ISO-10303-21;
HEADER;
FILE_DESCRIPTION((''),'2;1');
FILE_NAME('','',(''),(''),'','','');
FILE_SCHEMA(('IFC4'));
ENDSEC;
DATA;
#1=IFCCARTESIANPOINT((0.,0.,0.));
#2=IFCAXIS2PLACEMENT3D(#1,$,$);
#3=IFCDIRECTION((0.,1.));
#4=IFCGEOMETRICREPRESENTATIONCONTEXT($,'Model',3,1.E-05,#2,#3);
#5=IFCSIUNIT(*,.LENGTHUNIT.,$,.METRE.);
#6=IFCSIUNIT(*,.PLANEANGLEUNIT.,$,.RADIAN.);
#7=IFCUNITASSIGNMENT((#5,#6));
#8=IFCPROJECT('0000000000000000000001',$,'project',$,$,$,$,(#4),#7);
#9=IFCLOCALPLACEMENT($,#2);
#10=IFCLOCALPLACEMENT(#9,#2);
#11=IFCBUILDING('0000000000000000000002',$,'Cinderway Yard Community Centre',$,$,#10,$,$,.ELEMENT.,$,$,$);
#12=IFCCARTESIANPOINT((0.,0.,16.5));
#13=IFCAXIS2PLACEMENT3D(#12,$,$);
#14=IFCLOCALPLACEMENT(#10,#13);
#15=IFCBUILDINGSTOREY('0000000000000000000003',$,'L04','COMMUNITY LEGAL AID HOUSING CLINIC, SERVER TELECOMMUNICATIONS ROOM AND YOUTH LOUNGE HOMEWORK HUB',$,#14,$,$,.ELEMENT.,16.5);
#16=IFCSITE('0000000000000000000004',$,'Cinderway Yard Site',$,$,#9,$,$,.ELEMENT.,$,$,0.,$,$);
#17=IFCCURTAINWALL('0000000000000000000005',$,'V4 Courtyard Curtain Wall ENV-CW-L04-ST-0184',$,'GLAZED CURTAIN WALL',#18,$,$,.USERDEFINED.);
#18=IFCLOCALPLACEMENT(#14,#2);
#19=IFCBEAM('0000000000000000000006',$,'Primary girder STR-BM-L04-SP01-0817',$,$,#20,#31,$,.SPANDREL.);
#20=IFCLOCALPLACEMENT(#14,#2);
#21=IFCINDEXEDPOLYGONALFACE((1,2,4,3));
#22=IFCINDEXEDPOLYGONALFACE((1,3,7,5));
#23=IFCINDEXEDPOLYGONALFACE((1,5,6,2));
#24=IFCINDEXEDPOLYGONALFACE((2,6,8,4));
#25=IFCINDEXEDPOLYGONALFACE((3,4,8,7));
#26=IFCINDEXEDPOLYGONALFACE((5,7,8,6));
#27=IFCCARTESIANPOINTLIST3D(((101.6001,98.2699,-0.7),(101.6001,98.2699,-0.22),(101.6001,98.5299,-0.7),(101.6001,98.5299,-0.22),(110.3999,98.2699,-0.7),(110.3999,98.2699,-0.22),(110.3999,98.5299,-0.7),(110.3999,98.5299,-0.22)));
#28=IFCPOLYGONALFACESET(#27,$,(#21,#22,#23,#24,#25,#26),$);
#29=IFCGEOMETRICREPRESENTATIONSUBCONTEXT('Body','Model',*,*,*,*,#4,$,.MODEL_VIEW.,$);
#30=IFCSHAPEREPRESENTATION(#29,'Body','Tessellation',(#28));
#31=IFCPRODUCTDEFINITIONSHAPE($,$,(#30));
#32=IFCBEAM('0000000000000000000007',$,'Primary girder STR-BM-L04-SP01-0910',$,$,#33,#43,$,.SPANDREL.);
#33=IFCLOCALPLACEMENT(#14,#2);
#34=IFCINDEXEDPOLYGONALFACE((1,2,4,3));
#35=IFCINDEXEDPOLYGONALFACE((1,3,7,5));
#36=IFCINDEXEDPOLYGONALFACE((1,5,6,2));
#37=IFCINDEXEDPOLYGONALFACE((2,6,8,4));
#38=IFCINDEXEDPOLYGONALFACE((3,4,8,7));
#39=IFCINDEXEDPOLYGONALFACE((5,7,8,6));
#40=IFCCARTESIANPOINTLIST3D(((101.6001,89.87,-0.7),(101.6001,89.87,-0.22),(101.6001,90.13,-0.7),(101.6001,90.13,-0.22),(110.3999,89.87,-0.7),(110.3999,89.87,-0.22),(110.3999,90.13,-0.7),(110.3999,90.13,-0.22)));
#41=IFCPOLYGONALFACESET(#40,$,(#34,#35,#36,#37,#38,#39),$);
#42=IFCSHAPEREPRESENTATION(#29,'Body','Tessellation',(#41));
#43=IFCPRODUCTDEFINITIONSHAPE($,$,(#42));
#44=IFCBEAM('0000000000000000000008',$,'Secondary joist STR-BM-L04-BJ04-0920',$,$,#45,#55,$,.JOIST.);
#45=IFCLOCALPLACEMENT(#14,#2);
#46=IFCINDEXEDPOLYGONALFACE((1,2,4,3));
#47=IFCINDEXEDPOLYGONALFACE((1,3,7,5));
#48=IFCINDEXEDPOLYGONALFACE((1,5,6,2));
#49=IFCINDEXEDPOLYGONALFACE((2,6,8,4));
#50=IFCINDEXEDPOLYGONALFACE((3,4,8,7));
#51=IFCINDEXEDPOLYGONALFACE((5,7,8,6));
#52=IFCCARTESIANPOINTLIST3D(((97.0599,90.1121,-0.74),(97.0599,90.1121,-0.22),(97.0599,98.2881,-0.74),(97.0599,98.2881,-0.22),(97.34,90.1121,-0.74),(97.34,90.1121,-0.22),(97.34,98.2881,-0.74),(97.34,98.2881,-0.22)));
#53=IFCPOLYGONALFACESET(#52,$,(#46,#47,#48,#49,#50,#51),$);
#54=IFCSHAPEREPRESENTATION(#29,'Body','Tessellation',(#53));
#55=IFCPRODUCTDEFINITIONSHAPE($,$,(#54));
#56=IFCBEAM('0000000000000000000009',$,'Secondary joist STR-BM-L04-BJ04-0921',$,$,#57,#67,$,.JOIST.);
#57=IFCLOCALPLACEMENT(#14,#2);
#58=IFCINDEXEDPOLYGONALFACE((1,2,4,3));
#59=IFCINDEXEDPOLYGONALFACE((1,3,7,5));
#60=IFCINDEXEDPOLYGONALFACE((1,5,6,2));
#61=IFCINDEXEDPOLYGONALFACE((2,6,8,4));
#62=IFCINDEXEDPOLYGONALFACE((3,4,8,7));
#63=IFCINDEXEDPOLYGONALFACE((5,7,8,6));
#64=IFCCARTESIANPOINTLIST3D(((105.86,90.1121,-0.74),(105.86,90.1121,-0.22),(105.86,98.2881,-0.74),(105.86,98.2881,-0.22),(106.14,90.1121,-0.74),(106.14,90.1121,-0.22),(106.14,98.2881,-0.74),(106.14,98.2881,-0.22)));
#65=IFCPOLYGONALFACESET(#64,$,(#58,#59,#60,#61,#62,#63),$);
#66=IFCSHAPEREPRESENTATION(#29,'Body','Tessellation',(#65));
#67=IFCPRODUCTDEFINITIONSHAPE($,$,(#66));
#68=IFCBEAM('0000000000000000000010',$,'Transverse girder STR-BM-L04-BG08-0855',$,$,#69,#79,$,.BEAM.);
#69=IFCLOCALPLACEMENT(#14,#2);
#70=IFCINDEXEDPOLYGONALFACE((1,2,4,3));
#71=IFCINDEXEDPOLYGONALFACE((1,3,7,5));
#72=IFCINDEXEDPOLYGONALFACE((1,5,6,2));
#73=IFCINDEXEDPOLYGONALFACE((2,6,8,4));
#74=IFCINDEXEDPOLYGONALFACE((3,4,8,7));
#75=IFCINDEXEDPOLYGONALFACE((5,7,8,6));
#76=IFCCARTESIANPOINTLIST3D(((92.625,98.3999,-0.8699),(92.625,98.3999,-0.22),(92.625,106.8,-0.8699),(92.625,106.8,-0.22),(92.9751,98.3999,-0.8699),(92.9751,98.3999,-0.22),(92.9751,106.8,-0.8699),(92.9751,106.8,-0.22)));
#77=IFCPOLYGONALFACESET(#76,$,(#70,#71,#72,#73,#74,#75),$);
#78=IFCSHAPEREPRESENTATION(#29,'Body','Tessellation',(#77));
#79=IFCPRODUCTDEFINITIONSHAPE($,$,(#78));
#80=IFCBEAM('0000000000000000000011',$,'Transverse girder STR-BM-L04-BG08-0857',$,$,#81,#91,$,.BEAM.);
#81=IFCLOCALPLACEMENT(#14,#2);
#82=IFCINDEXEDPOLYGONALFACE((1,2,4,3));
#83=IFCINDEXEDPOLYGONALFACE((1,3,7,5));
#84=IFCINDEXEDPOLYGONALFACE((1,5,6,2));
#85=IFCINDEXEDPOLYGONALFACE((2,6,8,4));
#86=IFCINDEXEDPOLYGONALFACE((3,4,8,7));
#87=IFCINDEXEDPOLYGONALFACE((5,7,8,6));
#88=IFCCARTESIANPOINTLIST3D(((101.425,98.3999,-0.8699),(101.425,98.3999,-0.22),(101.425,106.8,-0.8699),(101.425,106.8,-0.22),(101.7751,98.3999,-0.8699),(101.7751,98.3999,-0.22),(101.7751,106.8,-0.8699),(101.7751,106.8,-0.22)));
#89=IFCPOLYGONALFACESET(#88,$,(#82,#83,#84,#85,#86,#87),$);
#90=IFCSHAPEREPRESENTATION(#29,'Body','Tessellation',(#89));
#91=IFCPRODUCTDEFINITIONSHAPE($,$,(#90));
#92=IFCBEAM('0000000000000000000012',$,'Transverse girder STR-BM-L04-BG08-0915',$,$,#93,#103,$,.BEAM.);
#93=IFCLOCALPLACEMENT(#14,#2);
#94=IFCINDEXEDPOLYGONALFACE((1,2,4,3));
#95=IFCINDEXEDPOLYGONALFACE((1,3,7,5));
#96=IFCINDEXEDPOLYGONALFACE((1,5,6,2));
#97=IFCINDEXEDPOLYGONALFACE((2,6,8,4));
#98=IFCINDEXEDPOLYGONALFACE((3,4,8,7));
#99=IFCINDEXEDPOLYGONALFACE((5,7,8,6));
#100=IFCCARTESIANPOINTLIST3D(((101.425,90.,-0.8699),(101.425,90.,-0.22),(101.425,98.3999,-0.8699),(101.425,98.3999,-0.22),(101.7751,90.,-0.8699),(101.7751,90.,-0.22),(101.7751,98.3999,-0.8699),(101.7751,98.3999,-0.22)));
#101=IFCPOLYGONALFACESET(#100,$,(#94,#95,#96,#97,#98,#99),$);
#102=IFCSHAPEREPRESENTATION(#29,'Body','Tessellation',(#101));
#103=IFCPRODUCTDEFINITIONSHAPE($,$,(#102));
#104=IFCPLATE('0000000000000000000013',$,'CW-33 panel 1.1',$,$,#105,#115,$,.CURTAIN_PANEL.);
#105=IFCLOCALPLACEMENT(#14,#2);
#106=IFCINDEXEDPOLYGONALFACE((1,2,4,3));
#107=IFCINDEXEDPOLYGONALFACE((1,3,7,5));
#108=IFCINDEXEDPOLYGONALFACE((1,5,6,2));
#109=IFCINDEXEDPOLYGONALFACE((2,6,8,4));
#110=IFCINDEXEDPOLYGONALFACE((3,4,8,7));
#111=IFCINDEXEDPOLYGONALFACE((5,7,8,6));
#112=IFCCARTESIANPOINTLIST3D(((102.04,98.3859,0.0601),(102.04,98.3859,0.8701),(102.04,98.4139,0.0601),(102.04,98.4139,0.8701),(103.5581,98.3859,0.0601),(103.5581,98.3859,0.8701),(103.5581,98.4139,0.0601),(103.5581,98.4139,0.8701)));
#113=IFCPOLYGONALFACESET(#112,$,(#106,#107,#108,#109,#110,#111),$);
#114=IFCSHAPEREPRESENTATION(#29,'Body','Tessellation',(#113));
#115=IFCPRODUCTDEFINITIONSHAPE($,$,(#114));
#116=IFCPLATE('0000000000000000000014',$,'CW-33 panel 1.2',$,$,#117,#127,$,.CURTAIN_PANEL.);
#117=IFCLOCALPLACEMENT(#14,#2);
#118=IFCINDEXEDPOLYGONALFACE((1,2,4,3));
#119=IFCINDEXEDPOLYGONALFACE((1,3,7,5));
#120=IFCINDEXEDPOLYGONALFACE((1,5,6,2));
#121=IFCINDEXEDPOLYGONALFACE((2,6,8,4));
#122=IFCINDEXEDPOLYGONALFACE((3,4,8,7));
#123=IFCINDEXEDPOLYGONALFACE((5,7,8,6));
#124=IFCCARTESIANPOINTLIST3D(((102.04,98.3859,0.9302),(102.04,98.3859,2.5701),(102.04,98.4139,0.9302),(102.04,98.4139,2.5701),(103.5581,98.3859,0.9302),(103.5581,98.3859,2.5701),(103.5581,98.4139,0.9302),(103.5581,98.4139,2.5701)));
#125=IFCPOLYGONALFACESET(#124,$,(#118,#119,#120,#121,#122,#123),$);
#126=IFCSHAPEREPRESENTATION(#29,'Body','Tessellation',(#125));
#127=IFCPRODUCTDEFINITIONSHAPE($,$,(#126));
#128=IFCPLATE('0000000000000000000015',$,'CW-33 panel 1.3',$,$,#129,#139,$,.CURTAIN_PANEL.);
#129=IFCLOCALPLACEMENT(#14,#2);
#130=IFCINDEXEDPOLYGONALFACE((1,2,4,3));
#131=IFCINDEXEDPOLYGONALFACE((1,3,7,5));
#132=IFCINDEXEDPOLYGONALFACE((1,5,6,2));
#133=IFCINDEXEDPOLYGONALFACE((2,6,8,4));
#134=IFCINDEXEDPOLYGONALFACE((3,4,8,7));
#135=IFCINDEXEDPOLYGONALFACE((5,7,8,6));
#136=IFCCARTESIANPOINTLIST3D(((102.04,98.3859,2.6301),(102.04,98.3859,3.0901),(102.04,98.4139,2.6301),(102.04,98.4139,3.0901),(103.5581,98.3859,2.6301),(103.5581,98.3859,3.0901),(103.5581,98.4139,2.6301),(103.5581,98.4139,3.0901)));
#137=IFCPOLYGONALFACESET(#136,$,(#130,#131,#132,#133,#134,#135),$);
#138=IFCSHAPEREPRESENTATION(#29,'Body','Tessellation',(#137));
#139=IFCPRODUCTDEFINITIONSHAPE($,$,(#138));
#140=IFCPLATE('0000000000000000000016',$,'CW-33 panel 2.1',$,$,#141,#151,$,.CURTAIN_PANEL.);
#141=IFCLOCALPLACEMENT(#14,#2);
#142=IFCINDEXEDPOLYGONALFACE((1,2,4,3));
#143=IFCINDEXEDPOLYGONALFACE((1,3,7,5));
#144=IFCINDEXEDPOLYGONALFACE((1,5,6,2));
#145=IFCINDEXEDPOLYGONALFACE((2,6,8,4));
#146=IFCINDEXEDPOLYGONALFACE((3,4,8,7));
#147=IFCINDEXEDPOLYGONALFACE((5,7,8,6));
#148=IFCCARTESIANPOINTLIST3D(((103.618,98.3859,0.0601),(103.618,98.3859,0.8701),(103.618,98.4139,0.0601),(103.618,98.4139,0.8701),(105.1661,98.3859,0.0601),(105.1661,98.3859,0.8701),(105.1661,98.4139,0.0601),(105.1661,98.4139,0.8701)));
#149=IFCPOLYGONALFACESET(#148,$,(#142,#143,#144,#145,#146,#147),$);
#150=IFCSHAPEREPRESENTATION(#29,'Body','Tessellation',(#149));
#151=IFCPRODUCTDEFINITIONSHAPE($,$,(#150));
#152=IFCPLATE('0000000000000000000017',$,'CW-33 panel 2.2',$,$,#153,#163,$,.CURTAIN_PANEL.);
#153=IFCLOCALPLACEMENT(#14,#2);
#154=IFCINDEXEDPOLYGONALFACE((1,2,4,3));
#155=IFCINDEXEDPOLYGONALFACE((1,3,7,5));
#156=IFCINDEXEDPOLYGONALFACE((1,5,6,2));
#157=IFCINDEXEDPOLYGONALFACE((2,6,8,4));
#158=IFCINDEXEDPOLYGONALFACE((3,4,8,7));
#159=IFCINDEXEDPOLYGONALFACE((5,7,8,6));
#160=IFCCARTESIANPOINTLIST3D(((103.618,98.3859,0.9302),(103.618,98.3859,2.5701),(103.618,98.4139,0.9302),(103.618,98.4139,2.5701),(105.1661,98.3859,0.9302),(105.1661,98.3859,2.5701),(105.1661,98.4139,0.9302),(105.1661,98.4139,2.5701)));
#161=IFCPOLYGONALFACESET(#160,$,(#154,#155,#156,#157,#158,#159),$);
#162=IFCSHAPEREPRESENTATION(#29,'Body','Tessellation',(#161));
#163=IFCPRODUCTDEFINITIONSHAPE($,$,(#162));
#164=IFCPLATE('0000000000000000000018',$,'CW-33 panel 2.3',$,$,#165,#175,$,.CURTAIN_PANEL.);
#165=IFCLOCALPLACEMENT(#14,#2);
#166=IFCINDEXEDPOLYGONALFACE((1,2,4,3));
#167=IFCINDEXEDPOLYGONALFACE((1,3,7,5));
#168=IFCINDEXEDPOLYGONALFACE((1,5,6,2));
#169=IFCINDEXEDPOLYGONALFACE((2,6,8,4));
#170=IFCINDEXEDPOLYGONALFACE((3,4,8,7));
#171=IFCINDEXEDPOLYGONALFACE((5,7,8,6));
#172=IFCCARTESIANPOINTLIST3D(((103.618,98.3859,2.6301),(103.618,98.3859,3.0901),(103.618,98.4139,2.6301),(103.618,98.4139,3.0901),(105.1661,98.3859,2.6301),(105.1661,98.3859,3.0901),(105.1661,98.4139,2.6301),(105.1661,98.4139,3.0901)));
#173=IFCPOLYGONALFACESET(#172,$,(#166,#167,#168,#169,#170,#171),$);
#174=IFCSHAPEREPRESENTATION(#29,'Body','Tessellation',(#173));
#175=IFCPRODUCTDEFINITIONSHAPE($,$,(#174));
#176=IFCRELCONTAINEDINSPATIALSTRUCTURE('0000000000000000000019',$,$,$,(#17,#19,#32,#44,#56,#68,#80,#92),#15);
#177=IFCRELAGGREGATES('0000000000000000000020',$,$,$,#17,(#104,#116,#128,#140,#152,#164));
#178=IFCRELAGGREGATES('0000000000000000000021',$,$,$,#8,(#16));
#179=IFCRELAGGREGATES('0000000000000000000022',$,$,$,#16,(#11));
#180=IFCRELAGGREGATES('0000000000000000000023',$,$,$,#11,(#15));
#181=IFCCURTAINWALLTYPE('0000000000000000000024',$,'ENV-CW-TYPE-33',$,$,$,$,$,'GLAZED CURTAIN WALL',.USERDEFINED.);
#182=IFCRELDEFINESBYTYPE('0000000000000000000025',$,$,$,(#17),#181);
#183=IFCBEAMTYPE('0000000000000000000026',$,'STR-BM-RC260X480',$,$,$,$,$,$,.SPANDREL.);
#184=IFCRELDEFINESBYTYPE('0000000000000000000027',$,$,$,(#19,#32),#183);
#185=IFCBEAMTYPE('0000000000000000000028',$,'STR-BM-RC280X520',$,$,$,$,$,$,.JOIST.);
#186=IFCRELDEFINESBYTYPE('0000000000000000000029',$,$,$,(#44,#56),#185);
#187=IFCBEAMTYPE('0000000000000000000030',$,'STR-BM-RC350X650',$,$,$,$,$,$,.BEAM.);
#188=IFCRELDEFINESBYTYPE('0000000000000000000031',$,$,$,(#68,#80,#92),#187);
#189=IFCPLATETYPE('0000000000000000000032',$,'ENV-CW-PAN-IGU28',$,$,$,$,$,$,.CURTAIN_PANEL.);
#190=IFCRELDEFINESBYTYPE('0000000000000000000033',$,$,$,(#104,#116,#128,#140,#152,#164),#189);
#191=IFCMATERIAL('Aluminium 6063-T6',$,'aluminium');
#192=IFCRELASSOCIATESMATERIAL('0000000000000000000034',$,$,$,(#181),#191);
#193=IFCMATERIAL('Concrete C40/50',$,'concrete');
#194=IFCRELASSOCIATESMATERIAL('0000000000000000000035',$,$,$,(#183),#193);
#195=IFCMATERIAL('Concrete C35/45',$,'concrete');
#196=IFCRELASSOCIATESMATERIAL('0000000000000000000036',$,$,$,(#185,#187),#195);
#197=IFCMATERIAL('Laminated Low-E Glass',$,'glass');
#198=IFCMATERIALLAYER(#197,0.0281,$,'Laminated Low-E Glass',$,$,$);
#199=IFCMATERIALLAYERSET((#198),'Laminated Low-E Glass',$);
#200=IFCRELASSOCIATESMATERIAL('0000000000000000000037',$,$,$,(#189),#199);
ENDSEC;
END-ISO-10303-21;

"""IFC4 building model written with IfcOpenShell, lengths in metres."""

from ifc_helpers import new_model, si_unit, direction, frame, origin, origin_2d, place, context, subcontext, project, spatial, rectangle, extrude, material, layer, layer_set, material_profile, profile_set, type_object, element, aggregate, save


model = new_model("IFC4")

# Units and contexts
model_context = context("Model", 3, precision=1e-05, world=origin(), true_north=direction((0.0, 1.0)))
body_context = subcontext(model_context, "Body", "Model", "MODEL_VIEW")
ifc_project = project(units=[si_unit("LENGTHUNIT", "METRE"), si_unit("PLANEANGLEUNIT", "RADIAN")], contexts=[model_context])

# Site, building, storey
site_placement = place(None, origin())
site = spatial("IfcSite", under=ifc_project, at=site_placement, Name="Cinderway Yard Site", CompositionType="ELEMENT", RefElevation=0.0)
building_placement = place(site_placement, origin())
building = spatial("IfcBuilding", under=site, at=building_placement, Name="Cinderway Yard Community Centre", CompositionType="ELEMENT")
storey_placement = place(building_placement, frame((0.0, 0.0, 16.5)))
storey = spatial("IfcBuildingStorey", under=building, at=storey_placement, Name="L04", Description="COMMUNITY LEGAL AID HOUSING CLINIC, SERVER TELECOMMUNICATIONS ROOM AND YOUTH LOUNGE HOMEWORK HUB", CompositionType="ELEMENT", Elevation=16.5)

# Shared definitions
ifc_material_1 = material(Name="Concrete C40/50", Category="concrete")

# Curtain wall
ifc_material_2 = material(Name="Aluminium 6063-T6", Category="aluminium")
curtain_wall_type = type_object("IfcCurtainWallType", Name="ENV-CW-TYPE-33", ElementType="GLAZED CURTAIN WALL", PredefinedType="USERDEFINED", material=ifc_material_2)
curtain_wall_placement = place(storey_placement, origin())
curtain_wall = element("IfcCurtainWall", 1, at=curtain_wall_placement, inside=storey, type_object=curtain_wall_type, Name="V4 Courtyard Curtain Wall ENV-CW-L04-ST-0184", ObjectType="GLAZED CURTAIN WALL", PredefinedType="USERDEFINED")

# Beams
ifc_material_profile_1 = material_profile(ifc_material_1, rectangle(XDim=0.26, YDim=0.48, at=origin_2d()), Name="Concrete C40/50")
ifc_profile_set_1 = profile_set([ifc_material_profile_1], Name="Concrete C40/50")
beam_type_1 = type_object("IfcBeamType", Name="STR-BM-RC260X480", PredefinedType="SPANDREL", material=ifc_profile_set_1)
for number, where, z_axis, x_axis, name in (
    (2, (101.6001, 98.3999, -0.46), (1.0, 0.0, 0.0), (0.0, 1.0, 0.0), "Primary girder STR-BM-L04-SP01-0817"),
    (3, (101.6001, 90.0, -0.46), (1.0, 0.0, 0.0), (0.0, 1.0, 0.0), "Primary girder STR-BM-L04-SP01-0910"),
):
    element("IfcBeam", number, at=place(storey_placement, frame(where, z_axis=z_axis, x_axis=x_axis)), inside=storey, type_object=beam_type_1, Name=name, PredefinedType="SPANDREL", context=body_context, shape_type="SweptSolid", body=[
        extrude(rectangle(XDim=0.26, YDim=0.48, at=origin_2d()), origin(), (0.0, 0.0, 1.0), 8.7998),
    ])
ifc_material_3 = material(Name="Concrete C35/45", Category="concrete")
ifc_material_profile_2 = material_profile(ifc_material_3, rectangle(XDim=0.28, YDim=0.52, at=origin_2d()), Name="Concrete C35/45")
ifc_profile_set_2 = profile_set([ifc_material_profile_2], Name="Concrete C35/45")
beam_type_2 = type_object("IfcBeamType", Name="STR-BM-RC280X520", PredefinedType="JOIST", material=ifc_profile_set_2)
for number, where, z_axis, x_axis, name in (
    (4, (97.2, 90.1121, -0.48), (0.0, 1.0, 0.0), (-1.0, 0.0, 0.0), "Secondary joist STR-BM-L04-BJ04-0920"),
    (5, (106.0, 90.1121, -0.48), (0.0, 1.0, 0.0), (-1.0, 0.0, 0.0), "Secondary joist STR-BM-L04-BJ04-0921"),
):
    element("IfcBeam", number, at=place(storey_placement, frame(where, z_axis=z_axis, x_axis=x_axis)), inside=storey, type_object=beam_type_2, Name=name, PredefinedType="JOIST", context=body_context, shape_type="SweptSolid", body=[
        extrude(rectangle(XDim=0.28, YDim=0.52, at=origin_2d()), origin(), (0.0, 0.0, 1.0), 8.176),
    ])
ifc_material_profile_3 = material_profile(ifc_material_3, rectangle(XDim=0.3501, YDim=0.6499, at=origin_2d()), Name="Concrete C35/45")
ifc_profile_set_3 = profile_set([ifc_material_profile_3], Name="Concrete C35/45")
beam_type_3 = type_object("IfcBeamType", Name="STR-BM-RC350X650", PredefinedType="BEAM", material=ifc_profile_set_3)
for number, where, z_axis, x_axis, name in (
    (6, (92.8, 98.3999, -0.5449), (0.0, 1.0, 0.0), (-1.0, 0.0, 0.0), "Transverse girder STR-BM-L04-BG08-0855"),
    (7, (101.6001, 98.3999, -0.5449), (0.0, 1.0, 0.0), (-1.0, 0.0, 0.0), "Transverse girder STR-BM-L04-BG08-0857"),
):
    element("IfcBeam", number, at=place(storey_placement, frame(where, z_axis=z_axis, x_axis=x_axis)), inside=storey, type_object=beam_type_3, Name=name, PredefinedType="BEAM", context=body_context, shape_type="SweptSolid", body=[
        extrude(rectangle(XDim=0.3501, YDim=0.6499, at=origin_2d()), origin(), (0.0, 0.0, 1.0), 8.4001),
    ])
beam_1_placement = place(storey_placement, frame((101.6001, 90.0, -0.5449), z_axis=(0.0, 1.0, 0.0), x_axis=(-1.0, 0.0, 0.0)))
element("IfcBeam", 8, at=beam_1_placement, inside=storey, type_object=beam_type_3, Name="Transverse girder STR-BM-L04-BG08-0915", PredefinedType="BEAM", context=body_context, shape_type="SweptSolid", body=[
    extrude(rectangle(XDim=0.3501, YDim=0.6499, at=origin_2d()), origin(), (0.0, 0.0, 1.0), 8.3999),
])

# Plates
ifc_material_4 = material(Name="Laminated Low-E Glass", Category="glass")
ifc_layer_1 = layer(ifc_material_4, 0.0281, Name="Laminated Low-E Glass")
ifc_layer_set_1 = layer_set([ifc_layer_1], Name="Laminated Low-E Glass")
plate_type = type_object("IfcPlateType", Name="ENV-CW-PAN-IGU28", PredefinedType="CURTAIN_PANEL", material=ifc_layer_set_1)
plate_1_placement = place(storey_placement, frame((102.7991, 98.3999, 0.0601), z_axis=(0.0, 0.0, 1.0), x_axis=(1.0, 0.0, 0.0)))
plate_1 = element("IfcPlate", 9, at=plate_1_placement, type_object=plate_type, Name="CW-33 panel 1.1", PredefinedType="CURTAIN_PANEL", context=body_context, shape_type="SweptSolid", body=[
    extrude(rectangle(XDim=1.5181, YDim=0.0281, at=origin_2d()), origin(), (0.0, 0.0, 1.0), 0.8101),
])
plate_2_placement = place(storey_placement, frame((102.7991, 98.3999, 0.9302), z_axis=(0.0, 0.0, 1.0), x_axis=(1.0, 0.0, 0.0)))
plate_2 = element("IfcPlate", 10, at=plate_2_placement, type_object=plate_type, Name="CW-33 panel 1.2", PredefinedType="CURTAIN_PANEL", context=body_context, shape_type="SweptSolid", body=[
    extrude(rectangle(XDim=1.5181, YDim=0.0281, at=origin_2d()), origin(), (0.0, 0.0, 1.0), 1.6399),
])
plate_3_placement = place(storey_placement, frame((102.7991, 98.3999, 2.6301), z_axis=(0.0, 0.0, 1.0), x_axis=(1.0, 0.0, 0.0)))
plate_3 = element("IfcPlate", 11, at=plate_3_placement, type_object=plate_type, Name="CW-33 panel 1.3", PredefinedType="CURTAIN_PANEL", context=body_context, shape_type="SweptSolid", body=[
    extrude(rectangle(XDim=1.5181, YDim=0.0281, at=origin_2d()), origin(), (0.0, 0.0, 1.0), 0.46),
])
plate_4_placement = place(storey_placement, frame((104.3921, 98.3999, 0.0601), z_axis=(0.0, 0.0, 1.0), x_axis=(1.0, 0.0, 0.0)))
plate_4 = element("IfcPlate", 12, at=plate_4_placement, type_object=plate_type, Name="CW-33 panel 2.1", PredefinedType="CURTAIN_PANEL", context=body_context, shape_type="SweptSolid", body=[
    extrude(rectangle(XDim=1.5481, YDim=0.0281, at=origin_2d()), origin(), (0.0, 0.0, 1.0), 0.8101),
])
plate_5_placement = place(storey_placement, frame((104.3921, 98.3999, 0.9302), z_axis=(0.0, 0.0, 1.0), x_axis=(1.0, 0.0, 0.0)))
plate_5 = element("IfcPlate", 13, at=plate_5_placement, type_object=plate_type, Name="CW-33 panel 2.2", PredefinedType="CURTAIN_PANEL", context=body_context, shape_type="SweptSolid", body=[
    extrude(rectangle(XDim=1.5481, YDim=0.0281, at=origin_2d()), origin(), (0.0, 0.0, 1.0), 1.6399),
])
plate_6_placement = place(storey_placement, frame((104.3921, 98.3999, 2.6301), z_axis=(0.0, 0.0, 1.0), x_axis=(1.0, 0.0, 0.0)))
plate_6 = element("IfcPlate", 14, at=plate_6_placement, type_object=plate_type, Name="CW-33 panel 2.3", PredefinedType="CURTAIN_PANEL", context=body_context, shape_type="SweptSolid", body=[
    extrude(rectangle(XDim=1.5481, YDim=0.0281, at=origin_2d()), origin(), (0.0, 0.0, 1.0), 0.46),
])
aggregate(curtain_wall, [plate_1, plate_2, plate_3, plate_4, plate_5, plate_6])

save(model, "model.ifc")
